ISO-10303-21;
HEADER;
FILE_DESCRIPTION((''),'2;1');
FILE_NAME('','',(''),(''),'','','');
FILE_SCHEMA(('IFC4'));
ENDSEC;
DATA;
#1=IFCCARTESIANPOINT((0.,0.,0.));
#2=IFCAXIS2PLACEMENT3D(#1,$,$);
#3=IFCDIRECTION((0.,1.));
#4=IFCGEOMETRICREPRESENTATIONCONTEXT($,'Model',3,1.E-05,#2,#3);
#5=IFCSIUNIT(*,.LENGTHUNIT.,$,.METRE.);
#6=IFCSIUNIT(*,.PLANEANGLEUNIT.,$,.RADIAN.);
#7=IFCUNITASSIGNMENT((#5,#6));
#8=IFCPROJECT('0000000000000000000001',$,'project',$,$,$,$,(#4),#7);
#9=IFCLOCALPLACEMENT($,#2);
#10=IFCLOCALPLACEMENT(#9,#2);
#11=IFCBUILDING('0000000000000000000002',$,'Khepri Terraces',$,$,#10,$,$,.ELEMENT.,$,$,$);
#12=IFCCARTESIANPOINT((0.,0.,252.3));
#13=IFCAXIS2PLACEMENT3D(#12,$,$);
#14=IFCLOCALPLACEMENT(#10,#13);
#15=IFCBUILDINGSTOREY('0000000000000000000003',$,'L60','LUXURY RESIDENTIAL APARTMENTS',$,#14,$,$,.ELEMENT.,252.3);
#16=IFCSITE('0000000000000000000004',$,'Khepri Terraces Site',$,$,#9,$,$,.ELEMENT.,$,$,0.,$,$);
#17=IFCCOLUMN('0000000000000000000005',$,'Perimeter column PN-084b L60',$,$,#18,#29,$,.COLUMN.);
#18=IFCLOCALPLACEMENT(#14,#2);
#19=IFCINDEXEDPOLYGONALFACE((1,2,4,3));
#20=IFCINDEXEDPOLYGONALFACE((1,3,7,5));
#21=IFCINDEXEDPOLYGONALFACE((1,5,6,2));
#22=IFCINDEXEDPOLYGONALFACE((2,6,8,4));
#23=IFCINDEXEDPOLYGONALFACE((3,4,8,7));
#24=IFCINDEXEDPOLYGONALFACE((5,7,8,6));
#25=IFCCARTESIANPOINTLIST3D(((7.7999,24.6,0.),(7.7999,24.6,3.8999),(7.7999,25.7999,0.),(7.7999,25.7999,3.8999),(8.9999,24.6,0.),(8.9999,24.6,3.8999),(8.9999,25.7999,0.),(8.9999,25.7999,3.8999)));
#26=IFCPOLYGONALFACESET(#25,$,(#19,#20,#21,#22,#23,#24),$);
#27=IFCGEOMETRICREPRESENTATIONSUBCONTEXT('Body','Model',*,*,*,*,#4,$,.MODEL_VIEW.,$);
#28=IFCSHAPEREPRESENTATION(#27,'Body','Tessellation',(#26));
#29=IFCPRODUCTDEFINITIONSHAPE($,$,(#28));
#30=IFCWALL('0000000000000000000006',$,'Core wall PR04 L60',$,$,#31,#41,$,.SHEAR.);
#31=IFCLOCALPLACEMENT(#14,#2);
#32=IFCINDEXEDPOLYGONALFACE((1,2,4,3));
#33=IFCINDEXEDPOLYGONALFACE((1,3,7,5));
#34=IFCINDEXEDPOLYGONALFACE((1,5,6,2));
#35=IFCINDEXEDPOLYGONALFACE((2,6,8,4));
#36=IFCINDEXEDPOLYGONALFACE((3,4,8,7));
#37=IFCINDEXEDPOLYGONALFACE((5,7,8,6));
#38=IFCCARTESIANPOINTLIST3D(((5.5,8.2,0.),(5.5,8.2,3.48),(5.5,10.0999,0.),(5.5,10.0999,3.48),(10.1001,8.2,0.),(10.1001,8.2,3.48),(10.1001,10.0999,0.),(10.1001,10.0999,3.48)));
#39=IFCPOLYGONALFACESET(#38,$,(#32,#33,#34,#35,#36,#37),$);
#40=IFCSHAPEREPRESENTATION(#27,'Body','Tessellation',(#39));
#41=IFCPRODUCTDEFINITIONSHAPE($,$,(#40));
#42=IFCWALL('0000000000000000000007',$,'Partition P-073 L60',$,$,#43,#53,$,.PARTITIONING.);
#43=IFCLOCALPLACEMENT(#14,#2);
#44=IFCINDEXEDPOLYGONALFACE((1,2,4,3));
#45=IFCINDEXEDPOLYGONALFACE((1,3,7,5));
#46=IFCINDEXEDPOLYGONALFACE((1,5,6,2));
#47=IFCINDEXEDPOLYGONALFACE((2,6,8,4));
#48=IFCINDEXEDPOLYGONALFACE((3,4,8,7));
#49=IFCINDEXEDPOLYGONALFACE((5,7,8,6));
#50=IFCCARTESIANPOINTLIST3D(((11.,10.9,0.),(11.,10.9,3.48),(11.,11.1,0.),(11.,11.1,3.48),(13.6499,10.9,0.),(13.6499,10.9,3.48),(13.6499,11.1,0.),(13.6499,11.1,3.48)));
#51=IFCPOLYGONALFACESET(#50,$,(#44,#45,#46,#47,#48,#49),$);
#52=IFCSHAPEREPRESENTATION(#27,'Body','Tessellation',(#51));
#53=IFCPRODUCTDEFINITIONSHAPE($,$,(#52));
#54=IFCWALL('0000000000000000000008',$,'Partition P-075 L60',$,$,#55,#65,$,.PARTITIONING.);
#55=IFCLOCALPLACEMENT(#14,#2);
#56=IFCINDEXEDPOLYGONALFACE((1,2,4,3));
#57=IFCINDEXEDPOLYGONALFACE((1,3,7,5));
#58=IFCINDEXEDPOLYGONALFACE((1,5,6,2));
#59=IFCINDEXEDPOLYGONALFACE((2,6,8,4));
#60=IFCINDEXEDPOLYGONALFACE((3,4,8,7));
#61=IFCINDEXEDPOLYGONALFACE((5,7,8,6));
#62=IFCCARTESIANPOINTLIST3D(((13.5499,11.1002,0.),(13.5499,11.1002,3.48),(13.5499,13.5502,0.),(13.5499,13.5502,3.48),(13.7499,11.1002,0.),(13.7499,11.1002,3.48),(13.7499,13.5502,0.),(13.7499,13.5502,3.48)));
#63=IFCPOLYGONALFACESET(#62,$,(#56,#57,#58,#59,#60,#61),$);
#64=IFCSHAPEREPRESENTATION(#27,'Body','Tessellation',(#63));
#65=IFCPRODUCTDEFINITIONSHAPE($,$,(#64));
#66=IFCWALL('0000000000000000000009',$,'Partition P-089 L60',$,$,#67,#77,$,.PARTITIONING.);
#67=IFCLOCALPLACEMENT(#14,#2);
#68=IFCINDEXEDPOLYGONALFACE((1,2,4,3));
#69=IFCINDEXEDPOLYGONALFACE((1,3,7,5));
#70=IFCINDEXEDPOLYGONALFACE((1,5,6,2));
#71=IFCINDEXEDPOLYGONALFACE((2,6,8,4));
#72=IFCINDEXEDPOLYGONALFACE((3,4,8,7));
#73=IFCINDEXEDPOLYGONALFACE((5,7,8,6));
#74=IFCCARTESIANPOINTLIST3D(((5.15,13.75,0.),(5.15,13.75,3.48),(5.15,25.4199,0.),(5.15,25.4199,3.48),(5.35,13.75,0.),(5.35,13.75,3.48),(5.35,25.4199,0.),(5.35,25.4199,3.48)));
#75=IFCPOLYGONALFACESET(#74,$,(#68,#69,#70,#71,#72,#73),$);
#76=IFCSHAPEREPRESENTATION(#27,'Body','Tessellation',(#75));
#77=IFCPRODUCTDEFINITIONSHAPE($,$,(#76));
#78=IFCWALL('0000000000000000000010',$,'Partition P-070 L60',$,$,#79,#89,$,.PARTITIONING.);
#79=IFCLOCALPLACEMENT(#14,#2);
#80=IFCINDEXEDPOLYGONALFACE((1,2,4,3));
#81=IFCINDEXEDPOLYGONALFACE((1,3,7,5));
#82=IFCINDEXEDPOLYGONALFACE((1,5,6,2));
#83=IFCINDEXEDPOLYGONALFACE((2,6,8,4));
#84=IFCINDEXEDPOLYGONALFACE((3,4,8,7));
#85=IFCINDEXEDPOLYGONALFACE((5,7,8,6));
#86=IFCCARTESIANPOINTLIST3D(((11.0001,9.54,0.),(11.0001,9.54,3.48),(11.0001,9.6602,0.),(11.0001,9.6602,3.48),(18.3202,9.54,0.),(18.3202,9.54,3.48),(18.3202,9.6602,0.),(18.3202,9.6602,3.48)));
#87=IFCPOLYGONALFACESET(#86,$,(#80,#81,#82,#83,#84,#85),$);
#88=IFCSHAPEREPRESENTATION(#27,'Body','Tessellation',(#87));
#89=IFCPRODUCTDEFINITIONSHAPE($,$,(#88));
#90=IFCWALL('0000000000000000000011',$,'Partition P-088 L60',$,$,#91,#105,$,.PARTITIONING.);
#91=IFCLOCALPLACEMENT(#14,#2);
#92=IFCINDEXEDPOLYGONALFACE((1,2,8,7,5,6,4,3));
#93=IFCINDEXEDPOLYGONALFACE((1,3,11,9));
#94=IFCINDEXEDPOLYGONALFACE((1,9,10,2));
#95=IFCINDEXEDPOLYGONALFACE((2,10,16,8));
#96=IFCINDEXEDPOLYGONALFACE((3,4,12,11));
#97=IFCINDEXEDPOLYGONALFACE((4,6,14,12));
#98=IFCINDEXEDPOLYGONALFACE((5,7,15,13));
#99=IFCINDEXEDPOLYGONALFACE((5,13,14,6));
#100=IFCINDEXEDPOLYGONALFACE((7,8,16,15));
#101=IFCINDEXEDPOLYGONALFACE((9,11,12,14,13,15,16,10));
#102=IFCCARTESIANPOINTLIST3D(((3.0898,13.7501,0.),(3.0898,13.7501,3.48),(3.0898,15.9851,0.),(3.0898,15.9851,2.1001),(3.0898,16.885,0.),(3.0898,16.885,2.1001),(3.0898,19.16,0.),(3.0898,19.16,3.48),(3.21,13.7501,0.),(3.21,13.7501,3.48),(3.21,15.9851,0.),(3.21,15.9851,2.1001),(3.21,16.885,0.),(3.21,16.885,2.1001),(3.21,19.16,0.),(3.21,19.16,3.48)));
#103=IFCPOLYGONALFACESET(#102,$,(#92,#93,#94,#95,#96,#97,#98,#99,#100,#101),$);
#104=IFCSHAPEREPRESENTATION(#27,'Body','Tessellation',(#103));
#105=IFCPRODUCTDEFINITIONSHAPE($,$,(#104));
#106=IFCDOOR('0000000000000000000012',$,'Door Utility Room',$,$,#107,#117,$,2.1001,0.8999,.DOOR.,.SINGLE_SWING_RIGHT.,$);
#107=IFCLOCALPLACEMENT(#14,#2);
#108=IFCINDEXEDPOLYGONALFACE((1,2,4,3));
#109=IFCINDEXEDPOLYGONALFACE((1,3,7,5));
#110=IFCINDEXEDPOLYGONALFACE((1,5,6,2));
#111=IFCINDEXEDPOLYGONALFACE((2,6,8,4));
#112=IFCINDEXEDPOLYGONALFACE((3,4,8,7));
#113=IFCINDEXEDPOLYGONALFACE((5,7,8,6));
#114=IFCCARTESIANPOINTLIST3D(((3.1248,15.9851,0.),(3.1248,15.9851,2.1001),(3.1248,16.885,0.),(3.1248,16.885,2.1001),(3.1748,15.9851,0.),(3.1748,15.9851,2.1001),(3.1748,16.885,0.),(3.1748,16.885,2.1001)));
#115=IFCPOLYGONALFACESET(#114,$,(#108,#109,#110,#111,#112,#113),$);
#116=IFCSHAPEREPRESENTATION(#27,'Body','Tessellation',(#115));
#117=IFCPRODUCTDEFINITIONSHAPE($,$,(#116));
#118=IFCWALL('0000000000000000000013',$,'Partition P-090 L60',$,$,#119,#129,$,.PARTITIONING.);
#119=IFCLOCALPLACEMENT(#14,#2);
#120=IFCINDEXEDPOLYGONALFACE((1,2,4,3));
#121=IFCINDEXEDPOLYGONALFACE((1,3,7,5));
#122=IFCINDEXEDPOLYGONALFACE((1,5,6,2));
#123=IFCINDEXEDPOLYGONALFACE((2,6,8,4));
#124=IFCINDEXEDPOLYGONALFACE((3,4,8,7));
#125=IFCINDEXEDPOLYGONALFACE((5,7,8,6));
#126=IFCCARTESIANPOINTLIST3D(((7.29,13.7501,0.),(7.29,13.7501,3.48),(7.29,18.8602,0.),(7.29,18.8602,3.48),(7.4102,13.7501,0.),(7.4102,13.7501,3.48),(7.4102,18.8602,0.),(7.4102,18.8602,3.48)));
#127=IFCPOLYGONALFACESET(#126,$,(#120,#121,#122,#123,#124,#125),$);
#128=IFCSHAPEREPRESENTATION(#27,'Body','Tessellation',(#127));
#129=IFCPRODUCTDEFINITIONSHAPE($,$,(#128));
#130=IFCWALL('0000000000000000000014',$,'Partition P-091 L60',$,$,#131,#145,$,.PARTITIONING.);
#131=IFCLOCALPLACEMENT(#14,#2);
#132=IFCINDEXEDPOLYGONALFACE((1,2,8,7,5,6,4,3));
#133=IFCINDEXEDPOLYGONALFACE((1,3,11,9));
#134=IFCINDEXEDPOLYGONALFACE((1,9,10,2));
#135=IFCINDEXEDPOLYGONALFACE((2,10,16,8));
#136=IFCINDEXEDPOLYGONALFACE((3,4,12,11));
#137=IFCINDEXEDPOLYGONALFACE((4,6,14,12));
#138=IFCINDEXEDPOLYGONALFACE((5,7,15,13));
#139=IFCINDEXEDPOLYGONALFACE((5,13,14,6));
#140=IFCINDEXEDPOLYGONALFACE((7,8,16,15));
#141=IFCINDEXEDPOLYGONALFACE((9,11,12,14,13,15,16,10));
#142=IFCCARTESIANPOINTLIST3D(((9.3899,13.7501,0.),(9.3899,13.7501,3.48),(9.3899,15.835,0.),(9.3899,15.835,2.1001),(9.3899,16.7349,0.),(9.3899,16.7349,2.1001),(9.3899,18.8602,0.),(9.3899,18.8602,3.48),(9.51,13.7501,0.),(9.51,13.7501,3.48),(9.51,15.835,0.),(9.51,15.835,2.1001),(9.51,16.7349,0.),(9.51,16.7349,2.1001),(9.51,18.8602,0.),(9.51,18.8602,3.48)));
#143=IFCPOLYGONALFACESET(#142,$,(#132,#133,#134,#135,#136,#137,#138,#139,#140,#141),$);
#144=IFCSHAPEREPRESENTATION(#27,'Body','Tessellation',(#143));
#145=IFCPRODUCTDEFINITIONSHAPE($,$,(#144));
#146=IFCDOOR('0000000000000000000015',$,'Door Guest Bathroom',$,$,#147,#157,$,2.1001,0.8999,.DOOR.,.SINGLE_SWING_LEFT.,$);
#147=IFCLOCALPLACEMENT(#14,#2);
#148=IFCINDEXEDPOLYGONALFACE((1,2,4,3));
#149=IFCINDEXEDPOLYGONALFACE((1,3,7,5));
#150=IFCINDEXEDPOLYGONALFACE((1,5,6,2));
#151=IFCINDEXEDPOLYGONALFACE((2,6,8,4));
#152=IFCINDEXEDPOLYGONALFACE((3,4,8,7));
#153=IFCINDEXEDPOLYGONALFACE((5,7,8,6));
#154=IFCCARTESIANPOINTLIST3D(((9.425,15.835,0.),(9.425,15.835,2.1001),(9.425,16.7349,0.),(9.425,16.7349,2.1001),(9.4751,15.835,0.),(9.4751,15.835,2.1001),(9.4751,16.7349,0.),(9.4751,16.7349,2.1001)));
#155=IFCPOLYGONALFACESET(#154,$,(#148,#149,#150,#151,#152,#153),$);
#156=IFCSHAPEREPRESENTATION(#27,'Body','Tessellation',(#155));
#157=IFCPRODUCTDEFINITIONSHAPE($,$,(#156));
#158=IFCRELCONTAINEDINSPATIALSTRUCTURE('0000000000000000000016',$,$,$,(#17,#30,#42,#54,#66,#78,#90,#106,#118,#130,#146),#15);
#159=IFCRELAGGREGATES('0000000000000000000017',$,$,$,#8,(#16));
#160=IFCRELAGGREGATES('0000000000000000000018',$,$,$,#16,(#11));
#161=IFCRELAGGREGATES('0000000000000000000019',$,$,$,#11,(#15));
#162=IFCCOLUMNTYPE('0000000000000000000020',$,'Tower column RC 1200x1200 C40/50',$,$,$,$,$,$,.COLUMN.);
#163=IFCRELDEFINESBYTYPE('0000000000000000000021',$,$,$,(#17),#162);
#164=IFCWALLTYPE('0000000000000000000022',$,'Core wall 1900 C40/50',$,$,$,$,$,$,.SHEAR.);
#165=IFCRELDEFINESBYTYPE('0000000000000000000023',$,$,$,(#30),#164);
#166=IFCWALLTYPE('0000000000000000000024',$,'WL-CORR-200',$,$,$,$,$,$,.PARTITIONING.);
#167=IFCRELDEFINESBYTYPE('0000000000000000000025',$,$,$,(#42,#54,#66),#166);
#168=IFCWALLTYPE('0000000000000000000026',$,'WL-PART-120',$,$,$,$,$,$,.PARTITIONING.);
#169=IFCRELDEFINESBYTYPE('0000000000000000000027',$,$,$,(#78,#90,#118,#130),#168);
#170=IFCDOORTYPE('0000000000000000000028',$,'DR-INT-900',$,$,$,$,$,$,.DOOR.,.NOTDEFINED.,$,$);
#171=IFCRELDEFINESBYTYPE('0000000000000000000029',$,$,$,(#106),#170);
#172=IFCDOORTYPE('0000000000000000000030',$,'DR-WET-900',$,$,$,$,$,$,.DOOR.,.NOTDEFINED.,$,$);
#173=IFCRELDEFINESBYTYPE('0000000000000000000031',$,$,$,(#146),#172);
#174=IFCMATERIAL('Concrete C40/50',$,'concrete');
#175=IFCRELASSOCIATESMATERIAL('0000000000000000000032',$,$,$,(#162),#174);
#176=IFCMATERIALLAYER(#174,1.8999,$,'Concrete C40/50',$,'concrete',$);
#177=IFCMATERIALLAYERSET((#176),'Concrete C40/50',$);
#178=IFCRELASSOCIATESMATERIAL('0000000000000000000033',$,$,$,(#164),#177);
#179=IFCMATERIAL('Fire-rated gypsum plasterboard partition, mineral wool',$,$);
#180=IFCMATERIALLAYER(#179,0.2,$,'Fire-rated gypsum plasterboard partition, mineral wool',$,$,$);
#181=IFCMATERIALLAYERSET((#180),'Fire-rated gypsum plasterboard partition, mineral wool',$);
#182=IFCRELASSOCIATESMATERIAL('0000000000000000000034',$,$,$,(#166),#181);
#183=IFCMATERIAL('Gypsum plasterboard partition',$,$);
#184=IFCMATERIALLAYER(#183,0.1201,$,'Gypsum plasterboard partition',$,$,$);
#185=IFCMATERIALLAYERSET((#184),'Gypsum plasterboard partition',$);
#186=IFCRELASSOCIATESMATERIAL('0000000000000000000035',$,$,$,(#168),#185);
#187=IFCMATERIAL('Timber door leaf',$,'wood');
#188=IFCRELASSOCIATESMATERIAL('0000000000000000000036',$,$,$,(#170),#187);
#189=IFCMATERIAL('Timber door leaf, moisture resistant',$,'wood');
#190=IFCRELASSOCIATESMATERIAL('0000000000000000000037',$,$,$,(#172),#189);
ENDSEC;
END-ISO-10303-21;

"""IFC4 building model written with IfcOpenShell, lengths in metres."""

from ifc_helpers import new_model, si_unit, direction, frame, frame_2d, origin, origin_2d, place, context, subcontext, project, spatial, rectangle, extrude, material, layer, layer_set, material_profile, profile_set, type_object, element, fill, save


model = new_model("IFC4")

# Units and contexts
model_context = context("Model", 3, precision=1e-05, world=origin(), true_north=direction((0.0, 1.0)))
body_context = subcontext(model_context, "Body", "Model", "MODEL_VIEW")
ifc_project = project(units=[si_unit("LENGTHUNIT", "METRE"), si_unit("PLANEANGLEUNIT", "RADIAN")], contexts=[model_context])

# Site, building, storey
site_placement = place(None, origin())
site = spatial("IfcSite", under=ifc_project, at=site_placement, Name="Khepri Terraces Site", CompositionType="ELEMENT", RefElevation=0.0)
building_placement = place(site_placement, origin())
building = spatial("IfcBuilding", under=site, at=building_placement, Name="Khepri Terraces", CompositionType="ELEMENT")
storey_placement = place(building_placement, frame((0.0, 0.0, 252.3)))
storey = spatial("IfcBuildingStorey", under=building, at=storey_placement, Name="L60", Description="LUXURY RESIDENTIAL APARTMENTS", CompositionType="ELEMENT", Elevation=252.3)

# Column
ifc_material_1 = material(Name="Concrete C40/50", Category="concrete")
ifc_material_profile = material_profile(ifc_material_1, rectangle(XDim=1.2, YDim=1.2, at=origin_2d()), Name="Concrete C40/50", Category="concrete")
ifc_profile_set = profile_set([ifc_material_profile], Name="Concrete C40/50")
column_type = type_object("IfcColumnType", Name="Tower column RC 1200x1200 C40/50", PredefinedType="COLUMN", material=ifc_profile_set)
column_placement = place(storey_placement, frame((8.3999, 25.2, 0.0), z_axis=(0.0, 0.0, 1.0), x_axis=(1.0, 0.0, 0.0)))
element("IfcColumn", 1, at=column_placement, inside=storey, type_object=column_type, Name="Perimeter column PN-084b L60", PredefinedType="COLUMN", context=body_context, shape_type="SweptSolid", body=[
    extrude(rectangle(XDim=1.2, YDim=1.2, at=origin_2d()), origin(), (0.0, 0.0, 1.0), 3.8999),
])

# Walls
ifc_layer_1 = layer(ifc_material_1, 1.8999, Name="Concrete C40/50", Category="concrete")
ifc_layer_set_1 = layer_set([ifc_layer_1], Name="Concrete C40/50")
wall_type_1 = type_object("IfcWallType", Name="Core wall 1900 C40/50", PredefinedType="SHEAR", material=ifc_layer_set_1)
wall_1_placement = place(storey_placement, frame((5.5, 9.1499, 0.0), z_axis=(0.0, 0.0, 1.0), x_axis=(1.0, 0.0, 0.0)))
element("IfcWall", 2, at=wall_1_placement, inside=storey, type_object=wall_type_1, Name="Core wall PR04 L60", PredefinedType="SHEAR", context=body_context, shape_type="SweptSolid", body=[
    extrude(rectangle(XDim=4.6001, YDim=1.8999, at=frame_2d((2.3, 0.0))), origin(), (0.0, 0.0, 1.0), 3.48),
])
ifc_material_2 = material(Name="Fire-rated gypsum plasterboard partition, mineral wool")
ifc_layer_2 = layer(ifc_material_2, 0.2, Name="Fire-rated gypsum plasterboard partition, mineral wool")
ifc_layer_set_2 = layer_set([ifc_layer_2], Name="Fire-rated gypsum plasterboard partition, mineral wool")
wall_type_2 = type_object("IfcWallType", Name="WL-CORR-200", PredefinedType="PARTITIONING", material=ifc_layer_set_2)
wall_2_placement = place(storey_placement, frame((11.0, 11.0, 0.0), z_axis=(0.0, 0.0, 1.0), x_axis=(1.0, 0.0, 0.0)))
element("IfcWall", 3, at=wall_2_placement, inside=storey, type_object=wall_type_2, Name="Partition P-073 L60", PredefinedType="PARTITIONING", context=body_context, shape_type="SweptSolid", body=[
    extrude(rectangle(XDim=2.6499, YDim=0.2, at=frame_2d((1.325, 0.0))), origin(), (0.0, 0.0, 1.0), 3.48),
])
wall_3_placement = place(storey_placement, frame((13.6499, 11.1001, 0.0), z_axis=(0.0, 0.0, 1.0), x_axis=(0.0, 1.0, 0.0)))
element("IfcWall", 4, at=wall_3_placement, inside=storey, type_object=wall_type_2, Name="Partition P-075 L60", PredefinedType="PARTITIONING", context=body_context, shape_type="SweptSolid", body=[
    extrude(rectangle(XDim=2.45, YDim=0.2, at=frame_2d((1.2251, 0.0))), origin(), (0.0, 0.0, 1.0), 3.48),
])
wall_4_placement = place(storey_placement, frame((5.25, 13.75, 0.0), z_axis=(0.0, 0.0, 1.0), x_axis=(0.0, 1.0, 0.0)))
element("IfcWall", 5, at=wall_4_placement, inside=storey, type_object=wall_type_2, Name="Partition P-089 L60", PredefinedType="PARTITIONING", context=body_context, shape_type="SweptSolid", body=[
    extrude(rectangle(XDim=11.6699, YDim=0.2, at=frame_2d((5.835, 0.0))), origin(), (0.0, 0.0, 1.0), 3.48),
])

# Wall
ifc_material_3 = material(Name="Gypsum plasterboard partition")
ifc_layer_3 = layer(ifc_material_3, 0.1201, Name="Gypsum plasterboard partition")
ifc_layer_set_3 = layer_set([ifc_layer_3], Name="Gypsum plasterboard partition")
wall_type_3 = type_object("IfcWallType", Name="WL-PART-120", PredefinedType="PARTITIONING", material=ifc_layer_set_3)
wall_5_placement = place(storey_placement, frame((11.0, 9.6001, 0.0), z_axis=(0.0, 0.0, 1.0), x_axis=(1.0, 0.0, 0.0)))
element("IfcWall", 6, at=wall_5_placement, inside=storey, type_object=wall_type_3, Name="Partition P-070 L60", PredefinedType="PARTITIONING", context=body_context, shape_type="SweptSolid", body=[
    extrude(rectangle(XDim=7.3201, YDim=0.1201, at=frame_2d((3.6602, 0.0))), origin(), (0.0, 0.0, 1.0), 3.48),
])

# Wall, opening, door
wall_6_placement = place(storey_placement, frame((3.1499, 13.75, 0.0), z_axis=(0.0, 0.0, 1.0), x_axis=(0.0, 1.0, 0.0)))
wall_6 = element("IfcWall", 7, at=wall_6_placement, inside=storey, type_object=wall_type_3, Name="Partition P-088 L60", PredefinedType="PARTITIONING", context=body_context, shape_type="SweptSolid", body=[
    extrude(rectangle(XDim=5.4099, YDim=0.1201, at=frame_2d((2.7051, 0.0))), origin(), (0.0, 0.0, 1.0), 3.48),
])
opening_1_placement = place(wall_6_placement, frame((2.2351, 0.0, 0.0)))
opening_1 = element("IfcOpeningElement", 8, at=opening_1_placement, cuts=wall_6, PredefinedType="OPENING", context=body_context, shape_type="SweptSolid", body=[
    extrude(rectangle(XDim=0.8999, YDim=2.1001, at=frame_2d((0.45, 1.05))), frame((0.0, 0.0701, 0.0), z_axis=(0.0, -1.0, 0.0), x_axis=(1.0, 0.0, 0.0)), (0.0, 0.0, 1.0), 0.1401),
])
ifc_material_4 = material(Name="Timber door leaf", Category="wood")
door_type_1 = type_object("IfcDoorType", Name="DR-INT-900", OperationType="NOTDEFINED", PredefinedType="DOOR", material=ifc_material_4)
door_1_placement = place(opening_1_placement, frame((0.8999, 0.0, 0.0), z_axis=(0.0, 0.0, 1.0), x_axis=(-1.0, 0.0, 0.0)))
door_1 = element("IfcDoor", 9, at=door_1_placement, inside=storey, type_object=door_type_1, Name="Door Utility Room", OperationType="SINGLE_SWING_RIGHT", OverallHeight=2.1001, OverallWidth=0.8999, PredefinedType="DOOR", context=body_context, shape_type="SweptSolid", body=[
    extrude(rectangle(XDim=0.8999, YDim=2.1001, at=frame_2d((0.45, 1.05))), frame((0.0, 0.0249, 0.0), z_axis=(0.0, -1.0, 0.0), x_axis=(1.0, 0.0, 0.0)), (0.0, 0.0, 1.0), 0.05),
])
fill(opening_1, door_1)

# Wall
wall_7_placement = place(storey_placement, frame((7.3501, 13.75, 0.0), z_axis=(0.0, 0.0, 1.0), x_axis=(0.0, 1.0, 0.0)))
element("IfcWall", 10, at=wall_7_placement, inside=storey, type_object=wall_type_3, Name="Partition P-090 L60", PredefinedType="PARTITIONING", context=body_context, shape_type="SweptSolid", body=[
    extrude(rectangle(XDim=5.1101, YDim=0.1201, at=frame_2d((2.5552, 0.0))), origin(), (0.0, 0.0, 1.0), 3.48),
])

# Wall, opening, door
wall_8_placement = place(storey_placement, frame((9.45, 13.75, 0.0), z_axis=(0.0, 0.0, 1.0), x_axis=(0.0, 1.0, 0.0)))
wall_8 = element("IfcWall", 11, at=wall_8_placement, inside=storey, type_object=wall_type_3, Name="Partition P-091 L60", PredefinedType="PARTITIONING", context=body_context, shape_type="SweptSolid", body=[
    extrude(rectangle(XDim=5.1101, YDim=0.1201, at=frame_2d((2.5552, 0.0))), origin(), (0.0, 0.0, 1.0), 3.48),
])
opening_2_placement = place(wall_8_placement, frame((2.085, 0.0, 0.0)))
opening_2 = element("IfcOpeningElement", 12, at=opening_2_placement, cuts=wall_8, PredefinedType="OPENING", context=body_context, shape_type="SweptSolid", body=[
    extrude(rectangle(XDim=0.8999, YDim=2.1001, at=frame_2d((0.45, 1.05))), frame((0.0, 0.0701, 0.0), z_axis=(0.0, -1.0, 0.0), x_axis=(1.0, 0.0, 0.0)), (0.0, 0.0, 1.0), 0.1401),
])
ifc_material_5 = material(Name="Timber door leaf, moisture resistant", Category="wood")
door_type_2 = type_object("IfcDoorType", Name="DR-WET-900", OperationType="NOTDEFINED", PredefinedType="DOOR", material=ifc_material_5)
door_2_placement = place(opening_2_placement, origin())
door_2 = element("IfcDoor", 13, at=door_2_placement, inside=storey, type_object=door_type_2, Name="Door Guest Bathroom", OperationType="SINGLE_SWING_LEFT", OverallHeight=2.1001, OverallWidth=0.8999, PredefinedType="DOOR", context=body_context, shape_type="SweptSolid", body=[
    extrude(rectangle(XDim=0.8999, YDim=2.1001, at=frame_2d((0.45, 1.05))), frame((0.0, 0.0249, 0.0), z_axis=(0.0, -1.0, 0.0), x_axis=(1.0, 0.0, 0.0)), (0.0, 0.0, 1.0), 0.05),
])
fill(opening_2, door_2)

save(model, "model.ifc")
